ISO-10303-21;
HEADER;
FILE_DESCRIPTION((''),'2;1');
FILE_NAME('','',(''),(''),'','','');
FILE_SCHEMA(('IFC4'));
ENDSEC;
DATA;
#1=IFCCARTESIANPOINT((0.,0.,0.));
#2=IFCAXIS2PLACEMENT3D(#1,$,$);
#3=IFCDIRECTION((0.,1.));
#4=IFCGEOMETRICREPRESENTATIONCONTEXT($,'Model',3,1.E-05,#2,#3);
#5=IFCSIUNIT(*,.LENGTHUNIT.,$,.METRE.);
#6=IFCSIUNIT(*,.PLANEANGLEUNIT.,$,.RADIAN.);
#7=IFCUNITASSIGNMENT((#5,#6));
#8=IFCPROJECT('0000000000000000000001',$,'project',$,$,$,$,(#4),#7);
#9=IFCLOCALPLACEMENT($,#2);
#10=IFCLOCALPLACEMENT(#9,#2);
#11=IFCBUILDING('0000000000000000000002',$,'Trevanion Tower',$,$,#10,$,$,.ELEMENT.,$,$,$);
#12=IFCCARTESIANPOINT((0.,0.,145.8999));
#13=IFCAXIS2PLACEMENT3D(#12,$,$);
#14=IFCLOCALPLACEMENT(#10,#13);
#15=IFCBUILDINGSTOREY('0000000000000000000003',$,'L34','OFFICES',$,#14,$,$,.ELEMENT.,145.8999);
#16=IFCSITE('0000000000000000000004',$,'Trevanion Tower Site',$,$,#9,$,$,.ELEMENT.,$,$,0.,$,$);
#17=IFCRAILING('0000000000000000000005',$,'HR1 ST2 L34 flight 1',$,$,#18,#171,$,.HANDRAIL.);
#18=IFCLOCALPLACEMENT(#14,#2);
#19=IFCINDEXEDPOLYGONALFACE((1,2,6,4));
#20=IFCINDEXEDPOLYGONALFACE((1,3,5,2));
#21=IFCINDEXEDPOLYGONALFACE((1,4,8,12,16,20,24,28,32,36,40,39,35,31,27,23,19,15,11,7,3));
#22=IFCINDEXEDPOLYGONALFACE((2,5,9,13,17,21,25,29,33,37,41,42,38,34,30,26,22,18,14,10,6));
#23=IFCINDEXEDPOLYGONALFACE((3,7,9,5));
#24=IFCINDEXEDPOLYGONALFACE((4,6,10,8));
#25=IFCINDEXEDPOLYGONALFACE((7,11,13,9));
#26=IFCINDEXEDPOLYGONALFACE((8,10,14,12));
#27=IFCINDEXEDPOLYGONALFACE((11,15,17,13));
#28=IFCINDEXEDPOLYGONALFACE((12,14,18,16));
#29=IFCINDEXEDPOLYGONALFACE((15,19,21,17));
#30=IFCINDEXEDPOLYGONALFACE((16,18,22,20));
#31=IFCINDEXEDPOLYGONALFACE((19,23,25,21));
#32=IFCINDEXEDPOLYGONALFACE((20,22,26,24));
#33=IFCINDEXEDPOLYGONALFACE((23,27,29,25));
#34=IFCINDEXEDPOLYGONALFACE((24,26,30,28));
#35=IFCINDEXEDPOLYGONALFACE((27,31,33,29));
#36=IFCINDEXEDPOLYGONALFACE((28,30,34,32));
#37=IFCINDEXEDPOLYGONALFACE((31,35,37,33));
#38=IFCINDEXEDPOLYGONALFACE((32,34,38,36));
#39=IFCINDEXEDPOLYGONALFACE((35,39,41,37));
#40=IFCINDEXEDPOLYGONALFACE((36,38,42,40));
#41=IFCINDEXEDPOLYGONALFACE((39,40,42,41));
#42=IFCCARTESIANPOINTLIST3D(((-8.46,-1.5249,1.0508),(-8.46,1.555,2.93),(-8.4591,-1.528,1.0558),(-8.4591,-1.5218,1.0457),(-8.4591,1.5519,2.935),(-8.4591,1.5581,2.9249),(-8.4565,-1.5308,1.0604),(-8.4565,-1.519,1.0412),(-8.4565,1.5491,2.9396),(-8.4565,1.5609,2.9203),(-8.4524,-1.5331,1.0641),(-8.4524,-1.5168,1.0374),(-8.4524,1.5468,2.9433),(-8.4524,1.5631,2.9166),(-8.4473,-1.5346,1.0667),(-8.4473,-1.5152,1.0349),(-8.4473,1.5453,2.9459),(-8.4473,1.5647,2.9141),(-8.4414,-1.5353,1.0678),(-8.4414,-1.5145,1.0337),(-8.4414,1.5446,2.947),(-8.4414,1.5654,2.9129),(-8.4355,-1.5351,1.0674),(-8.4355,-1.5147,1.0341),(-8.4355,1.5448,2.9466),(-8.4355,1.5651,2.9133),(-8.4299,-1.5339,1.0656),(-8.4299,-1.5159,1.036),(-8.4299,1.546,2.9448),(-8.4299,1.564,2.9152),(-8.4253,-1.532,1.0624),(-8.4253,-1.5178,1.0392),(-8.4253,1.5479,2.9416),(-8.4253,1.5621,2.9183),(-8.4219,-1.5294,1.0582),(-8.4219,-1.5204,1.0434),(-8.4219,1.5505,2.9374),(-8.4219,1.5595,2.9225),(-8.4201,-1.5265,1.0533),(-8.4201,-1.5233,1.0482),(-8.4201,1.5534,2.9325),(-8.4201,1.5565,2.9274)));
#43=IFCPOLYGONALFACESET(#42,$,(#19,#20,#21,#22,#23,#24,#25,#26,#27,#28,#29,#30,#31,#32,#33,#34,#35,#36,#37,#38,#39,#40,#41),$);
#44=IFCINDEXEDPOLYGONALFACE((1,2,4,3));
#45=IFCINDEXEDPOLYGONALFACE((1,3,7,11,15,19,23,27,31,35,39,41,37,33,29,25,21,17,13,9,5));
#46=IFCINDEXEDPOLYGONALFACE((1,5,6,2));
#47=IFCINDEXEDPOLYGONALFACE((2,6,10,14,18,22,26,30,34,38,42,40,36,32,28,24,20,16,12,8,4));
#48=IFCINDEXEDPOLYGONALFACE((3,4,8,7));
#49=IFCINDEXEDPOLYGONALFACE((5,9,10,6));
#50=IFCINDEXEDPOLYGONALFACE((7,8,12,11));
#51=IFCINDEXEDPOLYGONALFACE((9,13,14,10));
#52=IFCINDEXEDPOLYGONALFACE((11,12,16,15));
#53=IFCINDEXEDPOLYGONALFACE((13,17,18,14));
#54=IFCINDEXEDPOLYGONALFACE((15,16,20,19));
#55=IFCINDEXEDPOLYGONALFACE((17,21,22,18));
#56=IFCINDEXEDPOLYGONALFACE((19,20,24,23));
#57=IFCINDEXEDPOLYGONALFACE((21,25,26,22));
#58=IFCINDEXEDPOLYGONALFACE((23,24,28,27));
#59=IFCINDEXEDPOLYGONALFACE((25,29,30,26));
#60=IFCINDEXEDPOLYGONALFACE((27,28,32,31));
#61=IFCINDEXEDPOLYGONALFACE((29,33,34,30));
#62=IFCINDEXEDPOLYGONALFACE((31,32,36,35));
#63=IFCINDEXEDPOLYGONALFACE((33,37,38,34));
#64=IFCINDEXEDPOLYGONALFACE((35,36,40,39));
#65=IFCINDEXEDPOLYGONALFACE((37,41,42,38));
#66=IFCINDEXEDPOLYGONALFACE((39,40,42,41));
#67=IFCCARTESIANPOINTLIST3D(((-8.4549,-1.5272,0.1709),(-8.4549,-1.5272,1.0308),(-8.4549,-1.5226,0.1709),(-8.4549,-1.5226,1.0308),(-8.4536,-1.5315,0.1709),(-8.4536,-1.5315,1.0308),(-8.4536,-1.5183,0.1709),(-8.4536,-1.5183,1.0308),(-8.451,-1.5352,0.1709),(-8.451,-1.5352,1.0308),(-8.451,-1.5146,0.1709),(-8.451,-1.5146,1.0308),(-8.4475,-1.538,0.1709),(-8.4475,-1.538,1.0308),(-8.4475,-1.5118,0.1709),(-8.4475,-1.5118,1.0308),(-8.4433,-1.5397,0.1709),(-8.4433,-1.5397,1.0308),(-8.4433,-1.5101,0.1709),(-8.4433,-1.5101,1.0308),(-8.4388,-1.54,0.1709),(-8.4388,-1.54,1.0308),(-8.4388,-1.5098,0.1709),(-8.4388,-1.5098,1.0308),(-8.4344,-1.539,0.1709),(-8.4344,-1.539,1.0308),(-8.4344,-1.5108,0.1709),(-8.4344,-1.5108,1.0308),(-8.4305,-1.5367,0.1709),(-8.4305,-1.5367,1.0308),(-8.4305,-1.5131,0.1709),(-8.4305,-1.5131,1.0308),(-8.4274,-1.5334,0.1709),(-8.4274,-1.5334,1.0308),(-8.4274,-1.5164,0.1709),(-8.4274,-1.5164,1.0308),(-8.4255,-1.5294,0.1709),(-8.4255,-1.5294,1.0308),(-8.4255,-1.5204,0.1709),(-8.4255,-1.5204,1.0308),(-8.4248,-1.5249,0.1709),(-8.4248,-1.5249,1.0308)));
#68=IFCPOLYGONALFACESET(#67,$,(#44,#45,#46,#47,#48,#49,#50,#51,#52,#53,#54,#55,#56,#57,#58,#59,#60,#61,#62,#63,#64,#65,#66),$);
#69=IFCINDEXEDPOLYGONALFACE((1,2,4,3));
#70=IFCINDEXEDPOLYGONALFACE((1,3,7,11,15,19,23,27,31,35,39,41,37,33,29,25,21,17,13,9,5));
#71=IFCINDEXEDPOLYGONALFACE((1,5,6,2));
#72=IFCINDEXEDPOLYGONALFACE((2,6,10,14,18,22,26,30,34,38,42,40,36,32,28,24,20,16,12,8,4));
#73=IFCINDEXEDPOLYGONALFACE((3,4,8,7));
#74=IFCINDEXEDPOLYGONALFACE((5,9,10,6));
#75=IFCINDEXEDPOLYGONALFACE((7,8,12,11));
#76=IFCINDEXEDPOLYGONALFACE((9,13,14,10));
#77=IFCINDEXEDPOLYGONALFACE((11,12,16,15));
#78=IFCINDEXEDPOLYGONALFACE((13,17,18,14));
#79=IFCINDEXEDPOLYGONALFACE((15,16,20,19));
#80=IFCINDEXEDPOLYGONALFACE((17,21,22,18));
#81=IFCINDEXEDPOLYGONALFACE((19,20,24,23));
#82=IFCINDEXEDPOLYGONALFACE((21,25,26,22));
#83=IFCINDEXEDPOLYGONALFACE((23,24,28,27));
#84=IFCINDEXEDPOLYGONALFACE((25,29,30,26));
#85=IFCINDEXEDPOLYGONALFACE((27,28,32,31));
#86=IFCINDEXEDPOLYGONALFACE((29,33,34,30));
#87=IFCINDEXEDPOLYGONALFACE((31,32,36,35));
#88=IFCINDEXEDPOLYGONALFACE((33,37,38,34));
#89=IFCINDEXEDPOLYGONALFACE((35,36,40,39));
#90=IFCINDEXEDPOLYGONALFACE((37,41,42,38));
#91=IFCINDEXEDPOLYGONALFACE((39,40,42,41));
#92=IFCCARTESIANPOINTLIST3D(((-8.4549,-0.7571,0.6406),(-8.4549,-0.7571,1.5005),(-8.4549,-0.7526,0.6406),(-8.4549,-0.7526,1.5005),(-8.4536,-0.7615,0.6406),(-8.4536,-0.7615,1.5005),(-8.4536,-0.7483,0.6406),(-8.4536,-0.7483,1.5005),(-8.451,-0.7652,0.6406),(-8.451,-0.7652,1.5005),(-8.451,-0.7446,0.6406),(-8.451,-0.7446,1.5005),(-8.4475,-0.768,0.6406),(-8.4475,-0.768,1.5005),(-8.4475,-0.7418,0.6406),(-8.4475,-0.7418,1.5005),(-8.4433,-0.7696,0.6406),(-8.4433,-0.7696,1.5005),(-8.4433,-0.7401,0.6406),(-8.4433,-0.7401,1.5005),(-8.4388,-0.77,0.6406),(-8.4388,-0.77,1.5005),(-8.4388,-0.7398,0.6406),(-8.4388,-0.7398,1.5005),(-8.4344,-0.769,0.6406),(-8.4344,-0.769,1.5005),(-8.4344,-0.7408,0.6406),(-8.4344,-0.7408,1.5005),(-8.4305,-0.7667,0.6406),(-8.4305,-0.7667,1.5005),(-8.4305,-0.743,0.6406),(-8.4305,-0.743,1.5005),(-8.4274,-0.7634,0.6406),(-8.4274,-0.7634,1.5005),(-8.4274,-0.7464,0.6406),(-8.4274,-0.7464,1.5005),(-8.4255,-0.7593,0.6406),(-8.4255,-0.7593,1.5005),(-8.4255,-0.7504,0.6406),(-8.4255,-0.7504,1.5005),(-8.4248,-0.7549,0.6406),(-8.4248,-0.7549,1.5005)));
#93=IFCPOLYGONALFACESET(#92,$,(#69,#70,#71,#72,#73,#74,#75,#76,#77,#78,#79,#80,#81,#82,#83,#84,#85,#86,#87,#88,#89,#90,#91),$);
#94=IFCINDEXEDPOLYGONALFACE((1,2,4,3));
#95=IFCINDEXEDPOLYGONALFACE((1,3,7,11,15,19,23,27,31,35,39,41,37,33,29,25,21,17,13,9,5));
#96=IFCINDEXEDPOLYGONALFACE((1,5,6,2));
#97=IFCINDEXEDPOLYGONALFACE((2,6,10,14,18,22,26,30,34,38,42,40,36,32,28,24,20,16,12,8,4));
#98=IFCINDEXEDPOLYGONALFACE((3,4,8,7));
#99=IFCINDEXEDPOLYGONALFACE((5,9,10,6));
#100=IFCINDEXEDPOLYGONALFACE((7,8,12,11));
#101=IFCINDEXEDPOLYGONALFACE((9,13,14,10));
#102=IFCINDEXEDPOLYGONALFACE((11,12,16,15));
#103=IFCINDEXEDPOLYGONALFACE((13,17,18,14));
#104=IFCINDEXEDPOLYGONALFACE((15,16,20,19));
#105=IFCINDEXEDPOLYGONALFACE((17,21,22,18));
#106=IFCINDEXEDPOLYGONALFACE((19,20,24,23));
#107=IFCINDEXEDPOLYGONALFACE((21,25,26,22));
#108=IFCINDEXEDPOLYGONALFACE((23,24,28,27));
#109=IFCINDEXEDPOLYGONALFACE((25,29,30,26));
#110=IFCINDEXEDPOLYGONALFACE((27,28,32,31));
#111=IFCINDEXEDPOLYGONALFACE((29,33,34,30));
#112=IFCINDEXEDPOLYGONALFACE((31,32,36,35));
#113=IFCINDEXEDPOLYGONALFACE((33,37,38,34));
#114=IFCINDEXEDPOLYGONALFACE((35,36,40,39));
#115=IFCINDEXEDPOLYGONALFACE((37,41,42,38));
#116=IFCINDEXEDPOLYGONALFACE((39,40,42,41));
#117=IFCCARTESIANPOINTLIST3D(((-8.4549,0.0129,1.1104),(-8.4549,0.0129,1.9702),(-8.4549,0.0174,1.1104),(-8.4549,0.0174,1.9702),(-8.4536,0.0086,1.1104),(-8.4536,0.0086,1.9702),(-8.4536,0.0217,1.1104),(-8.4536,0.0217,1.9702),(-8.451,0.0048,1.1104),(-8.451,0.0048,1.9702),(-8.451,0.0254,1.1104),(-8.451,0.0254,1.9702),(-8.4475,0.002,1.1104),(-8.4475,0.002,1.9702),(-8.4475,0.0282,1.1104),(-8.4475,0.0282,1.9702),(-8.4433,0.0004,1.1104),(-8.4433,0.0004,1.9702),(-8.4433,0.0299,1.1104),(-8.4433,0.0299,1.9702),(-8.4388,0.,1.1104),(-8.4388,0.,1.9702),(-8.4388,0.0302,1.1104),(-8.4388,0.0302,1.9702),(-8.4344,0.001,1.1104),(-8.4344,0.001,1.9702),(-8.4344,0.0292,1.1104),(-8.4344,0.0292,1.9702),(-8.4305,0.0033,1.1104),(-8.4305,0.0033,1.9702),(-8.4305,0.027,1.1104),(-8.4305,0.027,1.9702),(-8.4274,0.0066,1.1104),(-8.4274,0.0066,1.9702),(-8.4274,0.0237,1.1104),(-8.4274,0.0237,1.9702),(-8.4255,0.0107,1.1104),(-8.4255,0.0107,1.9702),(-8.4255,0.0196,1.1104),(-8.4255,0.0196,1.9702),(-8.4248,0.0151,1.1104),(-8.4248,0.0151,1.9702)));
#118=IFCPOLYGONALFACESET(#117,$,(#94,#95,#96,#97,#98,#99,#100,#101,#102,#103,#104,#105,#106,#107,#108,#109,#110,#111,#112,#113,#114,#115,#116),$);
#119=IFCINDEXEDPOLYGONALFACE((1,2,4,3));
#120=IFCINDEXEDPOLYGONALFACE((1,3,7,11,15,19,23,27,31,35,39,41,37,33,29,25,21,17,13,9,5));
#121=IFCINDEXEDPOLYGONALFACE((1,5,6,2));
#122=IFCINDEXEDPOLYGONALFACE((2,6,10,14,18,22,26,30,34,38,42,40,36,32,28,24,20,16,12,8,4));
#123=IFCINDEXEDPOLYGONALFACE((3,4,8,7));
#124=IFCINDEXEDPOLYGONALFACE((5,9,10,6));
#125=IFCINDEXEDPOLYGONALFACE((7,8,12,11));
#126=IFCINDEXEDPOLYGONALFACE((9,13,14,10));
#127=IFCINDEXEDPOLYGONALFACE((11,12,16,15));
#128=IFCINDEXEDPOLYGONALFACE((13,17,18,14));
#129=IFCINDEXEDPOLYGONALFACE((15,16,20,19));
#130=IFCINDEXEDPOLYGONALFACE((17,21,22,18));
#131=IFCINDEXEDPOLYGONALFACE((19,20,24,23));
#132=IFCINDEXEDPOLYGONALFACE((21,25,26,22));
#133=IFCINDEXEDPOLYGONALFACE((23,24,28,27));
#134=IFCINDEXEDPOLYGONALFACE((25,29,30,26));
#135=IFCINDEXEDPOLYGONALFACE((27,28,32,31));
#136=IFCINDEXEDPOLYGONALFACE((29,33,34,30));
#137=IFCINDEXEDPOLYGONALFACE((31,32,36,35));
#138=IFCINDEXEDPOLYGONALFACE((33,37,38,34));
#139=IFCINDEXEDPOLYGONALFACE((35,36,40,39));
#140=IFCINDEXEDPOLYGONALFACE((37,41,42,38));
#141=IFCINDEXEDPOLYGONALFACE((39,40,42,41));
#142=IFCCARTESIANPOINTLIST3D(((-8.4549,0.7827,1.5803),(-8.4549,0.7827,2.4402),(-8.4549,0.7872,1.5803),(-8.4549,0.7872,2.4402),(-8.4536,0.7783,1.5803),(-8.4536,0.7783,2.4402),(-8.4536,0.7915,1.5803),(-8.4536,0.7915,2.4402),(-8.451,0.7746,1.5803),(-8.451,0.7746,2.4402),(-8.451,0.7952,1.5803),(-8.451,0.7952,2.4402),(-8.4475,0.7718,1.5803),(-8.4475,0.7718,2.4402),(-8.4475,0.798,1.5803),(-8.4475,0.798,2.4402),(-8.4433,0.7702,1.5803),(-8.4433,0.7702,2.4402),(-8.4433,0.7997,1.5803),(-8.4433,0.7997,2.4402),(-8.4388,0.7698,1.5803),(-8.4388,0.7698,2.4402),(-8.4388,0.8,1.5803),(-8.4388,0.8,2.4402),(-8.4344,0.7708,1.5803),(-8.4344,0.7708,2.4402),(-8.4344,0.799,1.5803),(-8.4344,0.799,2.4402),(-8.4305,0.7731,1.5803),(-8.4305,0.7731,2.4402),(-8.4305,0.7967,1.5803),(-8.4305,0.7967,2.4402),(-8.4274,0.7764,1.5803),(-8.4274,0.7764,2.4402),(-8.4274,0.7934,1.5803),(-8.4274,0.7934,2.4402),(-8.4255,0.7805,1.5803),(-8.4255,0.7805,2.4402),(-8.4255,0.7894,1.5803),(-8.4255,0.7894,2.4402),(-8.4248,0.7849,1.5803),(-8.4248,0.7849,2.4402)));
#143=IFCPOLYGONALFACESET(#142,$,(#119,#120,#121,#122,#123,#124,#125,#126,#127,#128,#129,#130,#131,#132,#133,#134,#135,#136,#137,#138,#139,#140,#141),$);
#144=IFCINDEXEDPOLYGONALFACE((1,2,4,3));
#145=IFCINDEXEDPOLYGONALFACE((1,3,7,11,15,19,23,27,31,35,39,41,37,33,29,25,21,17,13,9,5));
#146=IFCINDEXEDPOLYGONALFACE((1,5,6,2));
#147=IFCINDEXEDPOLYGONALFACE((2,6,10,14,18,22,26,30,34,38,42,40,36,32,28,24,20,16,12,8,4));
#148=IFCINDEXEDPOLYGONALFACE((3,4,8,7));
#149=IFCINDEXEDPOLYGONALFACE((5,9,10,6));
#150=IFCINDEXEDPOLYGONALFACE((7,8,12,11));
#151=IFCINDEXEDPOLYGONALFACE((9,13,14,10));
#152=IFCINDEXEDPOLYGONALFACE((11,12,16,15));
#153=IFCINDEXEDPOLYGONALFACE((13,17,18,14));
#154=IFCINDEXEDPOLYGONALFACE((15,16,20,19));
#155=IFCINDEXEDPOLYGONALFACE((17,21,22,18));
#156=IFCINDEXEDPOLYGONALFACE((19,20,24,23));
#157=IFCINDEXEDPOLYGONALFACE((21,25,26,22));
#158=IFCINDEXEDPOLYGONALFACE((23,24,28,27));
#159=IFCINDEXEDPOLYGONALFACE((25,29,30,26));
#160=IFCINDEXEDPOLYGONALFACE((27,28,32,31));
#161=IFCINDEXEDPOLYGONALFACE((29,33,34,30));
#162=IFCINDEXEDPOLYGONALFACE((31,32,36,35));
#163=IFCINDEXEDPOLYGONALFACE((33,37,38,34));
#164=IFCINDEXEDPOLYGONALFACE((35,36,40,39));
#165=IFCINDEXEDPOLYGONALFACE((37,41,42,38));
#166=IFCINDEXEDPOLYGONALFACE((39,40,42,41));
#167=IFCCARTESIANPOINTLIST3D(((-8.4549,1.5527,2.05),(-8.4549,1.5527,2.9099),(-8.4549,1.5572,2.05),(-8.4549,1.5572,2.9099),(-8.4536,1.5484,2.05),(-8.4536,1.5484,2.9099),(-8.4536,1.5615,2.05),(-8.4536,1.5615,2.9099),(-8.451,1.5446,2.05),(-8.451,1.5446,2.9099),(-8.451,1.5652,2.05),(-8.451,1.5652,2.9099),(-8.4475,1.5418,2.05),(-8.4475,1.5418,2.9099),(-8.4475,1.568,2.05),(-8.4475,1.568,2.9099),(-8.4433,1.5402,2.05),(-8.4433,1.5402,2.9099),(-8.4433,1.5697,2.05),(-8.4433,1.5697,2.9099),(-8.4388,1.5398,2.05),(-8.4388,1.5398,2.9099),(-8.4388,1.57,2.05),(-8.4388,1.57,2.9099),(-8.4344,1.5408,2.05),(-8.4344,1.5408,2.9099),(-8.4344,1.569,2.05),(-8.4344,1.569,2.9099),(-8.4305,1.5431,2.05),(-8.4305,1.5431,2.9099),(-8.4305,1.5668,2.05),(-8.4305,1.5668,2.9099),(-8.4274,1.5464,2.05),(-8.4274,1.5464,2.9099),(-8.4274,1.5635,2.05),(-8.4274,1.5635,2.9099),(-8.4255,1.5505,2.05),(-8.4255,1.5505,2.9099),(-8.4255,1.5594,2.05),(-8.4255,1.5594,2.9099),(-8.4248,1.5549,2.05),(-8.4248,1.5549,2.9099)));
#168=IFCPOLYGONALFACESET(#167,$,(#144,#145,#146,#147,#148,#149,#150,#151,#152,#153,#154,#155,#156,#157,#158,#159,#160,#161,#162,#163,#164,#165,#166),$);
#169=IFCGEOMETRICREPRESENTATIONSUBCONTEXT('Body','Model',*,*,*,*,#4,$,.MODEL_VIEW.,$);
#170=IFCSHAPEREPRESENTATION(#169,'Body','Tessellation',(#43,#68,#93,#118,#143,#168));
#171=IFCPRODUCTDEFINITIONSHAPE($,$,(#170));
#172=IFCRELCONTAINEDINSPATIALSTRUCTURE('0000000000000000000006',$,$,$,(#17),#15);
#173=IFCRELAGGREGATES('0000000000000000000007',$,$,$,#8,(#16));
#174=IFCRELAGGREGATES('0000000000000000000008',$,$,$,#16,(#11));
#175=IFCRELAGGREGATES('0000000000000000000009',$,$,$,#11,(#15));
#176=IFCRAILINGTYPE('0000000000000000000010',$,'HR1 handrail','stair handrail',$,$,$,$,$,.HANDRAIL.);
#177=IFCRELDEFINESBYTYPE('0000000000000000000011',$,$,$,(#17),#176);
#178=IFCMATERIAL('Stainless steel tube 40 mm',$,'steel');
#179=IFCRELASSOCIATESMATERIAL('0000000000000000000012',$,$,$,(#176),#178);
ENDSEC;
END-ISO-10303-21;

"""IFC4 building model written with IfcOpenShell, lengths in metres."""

from ifc_helpers import new_model, si_unit, direction, frame, origin, origin_2d, place, context, subcontext, project, spatial, circle, extrude, material, type_object, element, save


model = new_model("IFC4")

# Units and contexts
model_context = context("Model", 3, precision=1e-05, world=origin(), true_north=direction((0.0, 1.0)))
body_context = subcontext(model_context, "Body", "Model", "MODEL_VIEW")
ifc_project = project(units=[si_unit("LENGTHUNIT", "METRE"), si_unit("PLANEANGLEUNIT", "RADIAN")], contexts=[model_context])

# Site, building, storey
site_placement = place(None, origin())
site = spatial("IfcSite", under=ifc_project, at=site_placement, Name="Trevanion Tower Site", CompositionType="ELEMENT", RefElevation=0.0)
building_placement = place(site_placement, origin())
building = spatial("IfcBuilding", under=site, at=building_placement, Name="Trevanion Tower", CompositionType="ELEMENT")
storey_placement = place(building_placement, frame((0.0, 0.0, 145.8999)))
storey = spatial("IfcBuildingStorey", under=building, at=storey_placement, Name="L34", Description="OFFICES", CompositionType="ELEMENT", Elevation=145.8999)

# Railing
ifc_material_1 = material(Name="Stainless steel tube 40 mm", Category="steel")
railing_type = type_object("IfcRailingType", Name="HR1 handrail", Description="stair handrail", PredefinedType="HANDRAIL", material=ifc_material_1)
for number, where, name in (
    (1, (-8.4399, -1.5249, 0.1709), "HR1 ST2 L34 flight 1"),
):
    element("IfcRailing", number, at=place(storey_placement, frame(where)), inside=storey, type_object=railing_type, Name=name, PredefinedType="HANDRAIL", context=body_context, shape_type="SweptSolid", body=[
        extrude(circle(Radius=0.02, at=origin_2d()), frame((0.0, 0.0, 0.8799), z_axis=(0.0, 0.853648, 0.52085), x_axis=(-1.0, 0.0, 0.0)), (0.0, 0.0, 1.0), 3.6079),
        extrude(circle(Radius=0.0151, at=origin_2d()), origin(), (0.0, 0.0, 1.0), 0.8599),
        extrude(circle(Radius=0.0151, at=origin_2d()), frame((0.0, 0.77, 0.4697)), (0.0, 0.0, 1.0), 0.8599),
        extrude(circle(Radius=0.0151, at=origin_2d()), frame((0.0, 1.54, 0.9395)), (0.0, 0.0, 1.0), 0.8599),
        extrude(circle(Radius=0.0151, at=origin_2d()), frame((0.0, 2.3098, 1.4094)), (0.0, 0.0, 1.0), 0.8599),
        extrude(circle(Radius=0.0151, at=origin_2d()), frame((0.0, 3.0798, 1.8792)), (0.0, 0.0, 1.0), 0.8599),
    ])

save(model, "model.ifc")
